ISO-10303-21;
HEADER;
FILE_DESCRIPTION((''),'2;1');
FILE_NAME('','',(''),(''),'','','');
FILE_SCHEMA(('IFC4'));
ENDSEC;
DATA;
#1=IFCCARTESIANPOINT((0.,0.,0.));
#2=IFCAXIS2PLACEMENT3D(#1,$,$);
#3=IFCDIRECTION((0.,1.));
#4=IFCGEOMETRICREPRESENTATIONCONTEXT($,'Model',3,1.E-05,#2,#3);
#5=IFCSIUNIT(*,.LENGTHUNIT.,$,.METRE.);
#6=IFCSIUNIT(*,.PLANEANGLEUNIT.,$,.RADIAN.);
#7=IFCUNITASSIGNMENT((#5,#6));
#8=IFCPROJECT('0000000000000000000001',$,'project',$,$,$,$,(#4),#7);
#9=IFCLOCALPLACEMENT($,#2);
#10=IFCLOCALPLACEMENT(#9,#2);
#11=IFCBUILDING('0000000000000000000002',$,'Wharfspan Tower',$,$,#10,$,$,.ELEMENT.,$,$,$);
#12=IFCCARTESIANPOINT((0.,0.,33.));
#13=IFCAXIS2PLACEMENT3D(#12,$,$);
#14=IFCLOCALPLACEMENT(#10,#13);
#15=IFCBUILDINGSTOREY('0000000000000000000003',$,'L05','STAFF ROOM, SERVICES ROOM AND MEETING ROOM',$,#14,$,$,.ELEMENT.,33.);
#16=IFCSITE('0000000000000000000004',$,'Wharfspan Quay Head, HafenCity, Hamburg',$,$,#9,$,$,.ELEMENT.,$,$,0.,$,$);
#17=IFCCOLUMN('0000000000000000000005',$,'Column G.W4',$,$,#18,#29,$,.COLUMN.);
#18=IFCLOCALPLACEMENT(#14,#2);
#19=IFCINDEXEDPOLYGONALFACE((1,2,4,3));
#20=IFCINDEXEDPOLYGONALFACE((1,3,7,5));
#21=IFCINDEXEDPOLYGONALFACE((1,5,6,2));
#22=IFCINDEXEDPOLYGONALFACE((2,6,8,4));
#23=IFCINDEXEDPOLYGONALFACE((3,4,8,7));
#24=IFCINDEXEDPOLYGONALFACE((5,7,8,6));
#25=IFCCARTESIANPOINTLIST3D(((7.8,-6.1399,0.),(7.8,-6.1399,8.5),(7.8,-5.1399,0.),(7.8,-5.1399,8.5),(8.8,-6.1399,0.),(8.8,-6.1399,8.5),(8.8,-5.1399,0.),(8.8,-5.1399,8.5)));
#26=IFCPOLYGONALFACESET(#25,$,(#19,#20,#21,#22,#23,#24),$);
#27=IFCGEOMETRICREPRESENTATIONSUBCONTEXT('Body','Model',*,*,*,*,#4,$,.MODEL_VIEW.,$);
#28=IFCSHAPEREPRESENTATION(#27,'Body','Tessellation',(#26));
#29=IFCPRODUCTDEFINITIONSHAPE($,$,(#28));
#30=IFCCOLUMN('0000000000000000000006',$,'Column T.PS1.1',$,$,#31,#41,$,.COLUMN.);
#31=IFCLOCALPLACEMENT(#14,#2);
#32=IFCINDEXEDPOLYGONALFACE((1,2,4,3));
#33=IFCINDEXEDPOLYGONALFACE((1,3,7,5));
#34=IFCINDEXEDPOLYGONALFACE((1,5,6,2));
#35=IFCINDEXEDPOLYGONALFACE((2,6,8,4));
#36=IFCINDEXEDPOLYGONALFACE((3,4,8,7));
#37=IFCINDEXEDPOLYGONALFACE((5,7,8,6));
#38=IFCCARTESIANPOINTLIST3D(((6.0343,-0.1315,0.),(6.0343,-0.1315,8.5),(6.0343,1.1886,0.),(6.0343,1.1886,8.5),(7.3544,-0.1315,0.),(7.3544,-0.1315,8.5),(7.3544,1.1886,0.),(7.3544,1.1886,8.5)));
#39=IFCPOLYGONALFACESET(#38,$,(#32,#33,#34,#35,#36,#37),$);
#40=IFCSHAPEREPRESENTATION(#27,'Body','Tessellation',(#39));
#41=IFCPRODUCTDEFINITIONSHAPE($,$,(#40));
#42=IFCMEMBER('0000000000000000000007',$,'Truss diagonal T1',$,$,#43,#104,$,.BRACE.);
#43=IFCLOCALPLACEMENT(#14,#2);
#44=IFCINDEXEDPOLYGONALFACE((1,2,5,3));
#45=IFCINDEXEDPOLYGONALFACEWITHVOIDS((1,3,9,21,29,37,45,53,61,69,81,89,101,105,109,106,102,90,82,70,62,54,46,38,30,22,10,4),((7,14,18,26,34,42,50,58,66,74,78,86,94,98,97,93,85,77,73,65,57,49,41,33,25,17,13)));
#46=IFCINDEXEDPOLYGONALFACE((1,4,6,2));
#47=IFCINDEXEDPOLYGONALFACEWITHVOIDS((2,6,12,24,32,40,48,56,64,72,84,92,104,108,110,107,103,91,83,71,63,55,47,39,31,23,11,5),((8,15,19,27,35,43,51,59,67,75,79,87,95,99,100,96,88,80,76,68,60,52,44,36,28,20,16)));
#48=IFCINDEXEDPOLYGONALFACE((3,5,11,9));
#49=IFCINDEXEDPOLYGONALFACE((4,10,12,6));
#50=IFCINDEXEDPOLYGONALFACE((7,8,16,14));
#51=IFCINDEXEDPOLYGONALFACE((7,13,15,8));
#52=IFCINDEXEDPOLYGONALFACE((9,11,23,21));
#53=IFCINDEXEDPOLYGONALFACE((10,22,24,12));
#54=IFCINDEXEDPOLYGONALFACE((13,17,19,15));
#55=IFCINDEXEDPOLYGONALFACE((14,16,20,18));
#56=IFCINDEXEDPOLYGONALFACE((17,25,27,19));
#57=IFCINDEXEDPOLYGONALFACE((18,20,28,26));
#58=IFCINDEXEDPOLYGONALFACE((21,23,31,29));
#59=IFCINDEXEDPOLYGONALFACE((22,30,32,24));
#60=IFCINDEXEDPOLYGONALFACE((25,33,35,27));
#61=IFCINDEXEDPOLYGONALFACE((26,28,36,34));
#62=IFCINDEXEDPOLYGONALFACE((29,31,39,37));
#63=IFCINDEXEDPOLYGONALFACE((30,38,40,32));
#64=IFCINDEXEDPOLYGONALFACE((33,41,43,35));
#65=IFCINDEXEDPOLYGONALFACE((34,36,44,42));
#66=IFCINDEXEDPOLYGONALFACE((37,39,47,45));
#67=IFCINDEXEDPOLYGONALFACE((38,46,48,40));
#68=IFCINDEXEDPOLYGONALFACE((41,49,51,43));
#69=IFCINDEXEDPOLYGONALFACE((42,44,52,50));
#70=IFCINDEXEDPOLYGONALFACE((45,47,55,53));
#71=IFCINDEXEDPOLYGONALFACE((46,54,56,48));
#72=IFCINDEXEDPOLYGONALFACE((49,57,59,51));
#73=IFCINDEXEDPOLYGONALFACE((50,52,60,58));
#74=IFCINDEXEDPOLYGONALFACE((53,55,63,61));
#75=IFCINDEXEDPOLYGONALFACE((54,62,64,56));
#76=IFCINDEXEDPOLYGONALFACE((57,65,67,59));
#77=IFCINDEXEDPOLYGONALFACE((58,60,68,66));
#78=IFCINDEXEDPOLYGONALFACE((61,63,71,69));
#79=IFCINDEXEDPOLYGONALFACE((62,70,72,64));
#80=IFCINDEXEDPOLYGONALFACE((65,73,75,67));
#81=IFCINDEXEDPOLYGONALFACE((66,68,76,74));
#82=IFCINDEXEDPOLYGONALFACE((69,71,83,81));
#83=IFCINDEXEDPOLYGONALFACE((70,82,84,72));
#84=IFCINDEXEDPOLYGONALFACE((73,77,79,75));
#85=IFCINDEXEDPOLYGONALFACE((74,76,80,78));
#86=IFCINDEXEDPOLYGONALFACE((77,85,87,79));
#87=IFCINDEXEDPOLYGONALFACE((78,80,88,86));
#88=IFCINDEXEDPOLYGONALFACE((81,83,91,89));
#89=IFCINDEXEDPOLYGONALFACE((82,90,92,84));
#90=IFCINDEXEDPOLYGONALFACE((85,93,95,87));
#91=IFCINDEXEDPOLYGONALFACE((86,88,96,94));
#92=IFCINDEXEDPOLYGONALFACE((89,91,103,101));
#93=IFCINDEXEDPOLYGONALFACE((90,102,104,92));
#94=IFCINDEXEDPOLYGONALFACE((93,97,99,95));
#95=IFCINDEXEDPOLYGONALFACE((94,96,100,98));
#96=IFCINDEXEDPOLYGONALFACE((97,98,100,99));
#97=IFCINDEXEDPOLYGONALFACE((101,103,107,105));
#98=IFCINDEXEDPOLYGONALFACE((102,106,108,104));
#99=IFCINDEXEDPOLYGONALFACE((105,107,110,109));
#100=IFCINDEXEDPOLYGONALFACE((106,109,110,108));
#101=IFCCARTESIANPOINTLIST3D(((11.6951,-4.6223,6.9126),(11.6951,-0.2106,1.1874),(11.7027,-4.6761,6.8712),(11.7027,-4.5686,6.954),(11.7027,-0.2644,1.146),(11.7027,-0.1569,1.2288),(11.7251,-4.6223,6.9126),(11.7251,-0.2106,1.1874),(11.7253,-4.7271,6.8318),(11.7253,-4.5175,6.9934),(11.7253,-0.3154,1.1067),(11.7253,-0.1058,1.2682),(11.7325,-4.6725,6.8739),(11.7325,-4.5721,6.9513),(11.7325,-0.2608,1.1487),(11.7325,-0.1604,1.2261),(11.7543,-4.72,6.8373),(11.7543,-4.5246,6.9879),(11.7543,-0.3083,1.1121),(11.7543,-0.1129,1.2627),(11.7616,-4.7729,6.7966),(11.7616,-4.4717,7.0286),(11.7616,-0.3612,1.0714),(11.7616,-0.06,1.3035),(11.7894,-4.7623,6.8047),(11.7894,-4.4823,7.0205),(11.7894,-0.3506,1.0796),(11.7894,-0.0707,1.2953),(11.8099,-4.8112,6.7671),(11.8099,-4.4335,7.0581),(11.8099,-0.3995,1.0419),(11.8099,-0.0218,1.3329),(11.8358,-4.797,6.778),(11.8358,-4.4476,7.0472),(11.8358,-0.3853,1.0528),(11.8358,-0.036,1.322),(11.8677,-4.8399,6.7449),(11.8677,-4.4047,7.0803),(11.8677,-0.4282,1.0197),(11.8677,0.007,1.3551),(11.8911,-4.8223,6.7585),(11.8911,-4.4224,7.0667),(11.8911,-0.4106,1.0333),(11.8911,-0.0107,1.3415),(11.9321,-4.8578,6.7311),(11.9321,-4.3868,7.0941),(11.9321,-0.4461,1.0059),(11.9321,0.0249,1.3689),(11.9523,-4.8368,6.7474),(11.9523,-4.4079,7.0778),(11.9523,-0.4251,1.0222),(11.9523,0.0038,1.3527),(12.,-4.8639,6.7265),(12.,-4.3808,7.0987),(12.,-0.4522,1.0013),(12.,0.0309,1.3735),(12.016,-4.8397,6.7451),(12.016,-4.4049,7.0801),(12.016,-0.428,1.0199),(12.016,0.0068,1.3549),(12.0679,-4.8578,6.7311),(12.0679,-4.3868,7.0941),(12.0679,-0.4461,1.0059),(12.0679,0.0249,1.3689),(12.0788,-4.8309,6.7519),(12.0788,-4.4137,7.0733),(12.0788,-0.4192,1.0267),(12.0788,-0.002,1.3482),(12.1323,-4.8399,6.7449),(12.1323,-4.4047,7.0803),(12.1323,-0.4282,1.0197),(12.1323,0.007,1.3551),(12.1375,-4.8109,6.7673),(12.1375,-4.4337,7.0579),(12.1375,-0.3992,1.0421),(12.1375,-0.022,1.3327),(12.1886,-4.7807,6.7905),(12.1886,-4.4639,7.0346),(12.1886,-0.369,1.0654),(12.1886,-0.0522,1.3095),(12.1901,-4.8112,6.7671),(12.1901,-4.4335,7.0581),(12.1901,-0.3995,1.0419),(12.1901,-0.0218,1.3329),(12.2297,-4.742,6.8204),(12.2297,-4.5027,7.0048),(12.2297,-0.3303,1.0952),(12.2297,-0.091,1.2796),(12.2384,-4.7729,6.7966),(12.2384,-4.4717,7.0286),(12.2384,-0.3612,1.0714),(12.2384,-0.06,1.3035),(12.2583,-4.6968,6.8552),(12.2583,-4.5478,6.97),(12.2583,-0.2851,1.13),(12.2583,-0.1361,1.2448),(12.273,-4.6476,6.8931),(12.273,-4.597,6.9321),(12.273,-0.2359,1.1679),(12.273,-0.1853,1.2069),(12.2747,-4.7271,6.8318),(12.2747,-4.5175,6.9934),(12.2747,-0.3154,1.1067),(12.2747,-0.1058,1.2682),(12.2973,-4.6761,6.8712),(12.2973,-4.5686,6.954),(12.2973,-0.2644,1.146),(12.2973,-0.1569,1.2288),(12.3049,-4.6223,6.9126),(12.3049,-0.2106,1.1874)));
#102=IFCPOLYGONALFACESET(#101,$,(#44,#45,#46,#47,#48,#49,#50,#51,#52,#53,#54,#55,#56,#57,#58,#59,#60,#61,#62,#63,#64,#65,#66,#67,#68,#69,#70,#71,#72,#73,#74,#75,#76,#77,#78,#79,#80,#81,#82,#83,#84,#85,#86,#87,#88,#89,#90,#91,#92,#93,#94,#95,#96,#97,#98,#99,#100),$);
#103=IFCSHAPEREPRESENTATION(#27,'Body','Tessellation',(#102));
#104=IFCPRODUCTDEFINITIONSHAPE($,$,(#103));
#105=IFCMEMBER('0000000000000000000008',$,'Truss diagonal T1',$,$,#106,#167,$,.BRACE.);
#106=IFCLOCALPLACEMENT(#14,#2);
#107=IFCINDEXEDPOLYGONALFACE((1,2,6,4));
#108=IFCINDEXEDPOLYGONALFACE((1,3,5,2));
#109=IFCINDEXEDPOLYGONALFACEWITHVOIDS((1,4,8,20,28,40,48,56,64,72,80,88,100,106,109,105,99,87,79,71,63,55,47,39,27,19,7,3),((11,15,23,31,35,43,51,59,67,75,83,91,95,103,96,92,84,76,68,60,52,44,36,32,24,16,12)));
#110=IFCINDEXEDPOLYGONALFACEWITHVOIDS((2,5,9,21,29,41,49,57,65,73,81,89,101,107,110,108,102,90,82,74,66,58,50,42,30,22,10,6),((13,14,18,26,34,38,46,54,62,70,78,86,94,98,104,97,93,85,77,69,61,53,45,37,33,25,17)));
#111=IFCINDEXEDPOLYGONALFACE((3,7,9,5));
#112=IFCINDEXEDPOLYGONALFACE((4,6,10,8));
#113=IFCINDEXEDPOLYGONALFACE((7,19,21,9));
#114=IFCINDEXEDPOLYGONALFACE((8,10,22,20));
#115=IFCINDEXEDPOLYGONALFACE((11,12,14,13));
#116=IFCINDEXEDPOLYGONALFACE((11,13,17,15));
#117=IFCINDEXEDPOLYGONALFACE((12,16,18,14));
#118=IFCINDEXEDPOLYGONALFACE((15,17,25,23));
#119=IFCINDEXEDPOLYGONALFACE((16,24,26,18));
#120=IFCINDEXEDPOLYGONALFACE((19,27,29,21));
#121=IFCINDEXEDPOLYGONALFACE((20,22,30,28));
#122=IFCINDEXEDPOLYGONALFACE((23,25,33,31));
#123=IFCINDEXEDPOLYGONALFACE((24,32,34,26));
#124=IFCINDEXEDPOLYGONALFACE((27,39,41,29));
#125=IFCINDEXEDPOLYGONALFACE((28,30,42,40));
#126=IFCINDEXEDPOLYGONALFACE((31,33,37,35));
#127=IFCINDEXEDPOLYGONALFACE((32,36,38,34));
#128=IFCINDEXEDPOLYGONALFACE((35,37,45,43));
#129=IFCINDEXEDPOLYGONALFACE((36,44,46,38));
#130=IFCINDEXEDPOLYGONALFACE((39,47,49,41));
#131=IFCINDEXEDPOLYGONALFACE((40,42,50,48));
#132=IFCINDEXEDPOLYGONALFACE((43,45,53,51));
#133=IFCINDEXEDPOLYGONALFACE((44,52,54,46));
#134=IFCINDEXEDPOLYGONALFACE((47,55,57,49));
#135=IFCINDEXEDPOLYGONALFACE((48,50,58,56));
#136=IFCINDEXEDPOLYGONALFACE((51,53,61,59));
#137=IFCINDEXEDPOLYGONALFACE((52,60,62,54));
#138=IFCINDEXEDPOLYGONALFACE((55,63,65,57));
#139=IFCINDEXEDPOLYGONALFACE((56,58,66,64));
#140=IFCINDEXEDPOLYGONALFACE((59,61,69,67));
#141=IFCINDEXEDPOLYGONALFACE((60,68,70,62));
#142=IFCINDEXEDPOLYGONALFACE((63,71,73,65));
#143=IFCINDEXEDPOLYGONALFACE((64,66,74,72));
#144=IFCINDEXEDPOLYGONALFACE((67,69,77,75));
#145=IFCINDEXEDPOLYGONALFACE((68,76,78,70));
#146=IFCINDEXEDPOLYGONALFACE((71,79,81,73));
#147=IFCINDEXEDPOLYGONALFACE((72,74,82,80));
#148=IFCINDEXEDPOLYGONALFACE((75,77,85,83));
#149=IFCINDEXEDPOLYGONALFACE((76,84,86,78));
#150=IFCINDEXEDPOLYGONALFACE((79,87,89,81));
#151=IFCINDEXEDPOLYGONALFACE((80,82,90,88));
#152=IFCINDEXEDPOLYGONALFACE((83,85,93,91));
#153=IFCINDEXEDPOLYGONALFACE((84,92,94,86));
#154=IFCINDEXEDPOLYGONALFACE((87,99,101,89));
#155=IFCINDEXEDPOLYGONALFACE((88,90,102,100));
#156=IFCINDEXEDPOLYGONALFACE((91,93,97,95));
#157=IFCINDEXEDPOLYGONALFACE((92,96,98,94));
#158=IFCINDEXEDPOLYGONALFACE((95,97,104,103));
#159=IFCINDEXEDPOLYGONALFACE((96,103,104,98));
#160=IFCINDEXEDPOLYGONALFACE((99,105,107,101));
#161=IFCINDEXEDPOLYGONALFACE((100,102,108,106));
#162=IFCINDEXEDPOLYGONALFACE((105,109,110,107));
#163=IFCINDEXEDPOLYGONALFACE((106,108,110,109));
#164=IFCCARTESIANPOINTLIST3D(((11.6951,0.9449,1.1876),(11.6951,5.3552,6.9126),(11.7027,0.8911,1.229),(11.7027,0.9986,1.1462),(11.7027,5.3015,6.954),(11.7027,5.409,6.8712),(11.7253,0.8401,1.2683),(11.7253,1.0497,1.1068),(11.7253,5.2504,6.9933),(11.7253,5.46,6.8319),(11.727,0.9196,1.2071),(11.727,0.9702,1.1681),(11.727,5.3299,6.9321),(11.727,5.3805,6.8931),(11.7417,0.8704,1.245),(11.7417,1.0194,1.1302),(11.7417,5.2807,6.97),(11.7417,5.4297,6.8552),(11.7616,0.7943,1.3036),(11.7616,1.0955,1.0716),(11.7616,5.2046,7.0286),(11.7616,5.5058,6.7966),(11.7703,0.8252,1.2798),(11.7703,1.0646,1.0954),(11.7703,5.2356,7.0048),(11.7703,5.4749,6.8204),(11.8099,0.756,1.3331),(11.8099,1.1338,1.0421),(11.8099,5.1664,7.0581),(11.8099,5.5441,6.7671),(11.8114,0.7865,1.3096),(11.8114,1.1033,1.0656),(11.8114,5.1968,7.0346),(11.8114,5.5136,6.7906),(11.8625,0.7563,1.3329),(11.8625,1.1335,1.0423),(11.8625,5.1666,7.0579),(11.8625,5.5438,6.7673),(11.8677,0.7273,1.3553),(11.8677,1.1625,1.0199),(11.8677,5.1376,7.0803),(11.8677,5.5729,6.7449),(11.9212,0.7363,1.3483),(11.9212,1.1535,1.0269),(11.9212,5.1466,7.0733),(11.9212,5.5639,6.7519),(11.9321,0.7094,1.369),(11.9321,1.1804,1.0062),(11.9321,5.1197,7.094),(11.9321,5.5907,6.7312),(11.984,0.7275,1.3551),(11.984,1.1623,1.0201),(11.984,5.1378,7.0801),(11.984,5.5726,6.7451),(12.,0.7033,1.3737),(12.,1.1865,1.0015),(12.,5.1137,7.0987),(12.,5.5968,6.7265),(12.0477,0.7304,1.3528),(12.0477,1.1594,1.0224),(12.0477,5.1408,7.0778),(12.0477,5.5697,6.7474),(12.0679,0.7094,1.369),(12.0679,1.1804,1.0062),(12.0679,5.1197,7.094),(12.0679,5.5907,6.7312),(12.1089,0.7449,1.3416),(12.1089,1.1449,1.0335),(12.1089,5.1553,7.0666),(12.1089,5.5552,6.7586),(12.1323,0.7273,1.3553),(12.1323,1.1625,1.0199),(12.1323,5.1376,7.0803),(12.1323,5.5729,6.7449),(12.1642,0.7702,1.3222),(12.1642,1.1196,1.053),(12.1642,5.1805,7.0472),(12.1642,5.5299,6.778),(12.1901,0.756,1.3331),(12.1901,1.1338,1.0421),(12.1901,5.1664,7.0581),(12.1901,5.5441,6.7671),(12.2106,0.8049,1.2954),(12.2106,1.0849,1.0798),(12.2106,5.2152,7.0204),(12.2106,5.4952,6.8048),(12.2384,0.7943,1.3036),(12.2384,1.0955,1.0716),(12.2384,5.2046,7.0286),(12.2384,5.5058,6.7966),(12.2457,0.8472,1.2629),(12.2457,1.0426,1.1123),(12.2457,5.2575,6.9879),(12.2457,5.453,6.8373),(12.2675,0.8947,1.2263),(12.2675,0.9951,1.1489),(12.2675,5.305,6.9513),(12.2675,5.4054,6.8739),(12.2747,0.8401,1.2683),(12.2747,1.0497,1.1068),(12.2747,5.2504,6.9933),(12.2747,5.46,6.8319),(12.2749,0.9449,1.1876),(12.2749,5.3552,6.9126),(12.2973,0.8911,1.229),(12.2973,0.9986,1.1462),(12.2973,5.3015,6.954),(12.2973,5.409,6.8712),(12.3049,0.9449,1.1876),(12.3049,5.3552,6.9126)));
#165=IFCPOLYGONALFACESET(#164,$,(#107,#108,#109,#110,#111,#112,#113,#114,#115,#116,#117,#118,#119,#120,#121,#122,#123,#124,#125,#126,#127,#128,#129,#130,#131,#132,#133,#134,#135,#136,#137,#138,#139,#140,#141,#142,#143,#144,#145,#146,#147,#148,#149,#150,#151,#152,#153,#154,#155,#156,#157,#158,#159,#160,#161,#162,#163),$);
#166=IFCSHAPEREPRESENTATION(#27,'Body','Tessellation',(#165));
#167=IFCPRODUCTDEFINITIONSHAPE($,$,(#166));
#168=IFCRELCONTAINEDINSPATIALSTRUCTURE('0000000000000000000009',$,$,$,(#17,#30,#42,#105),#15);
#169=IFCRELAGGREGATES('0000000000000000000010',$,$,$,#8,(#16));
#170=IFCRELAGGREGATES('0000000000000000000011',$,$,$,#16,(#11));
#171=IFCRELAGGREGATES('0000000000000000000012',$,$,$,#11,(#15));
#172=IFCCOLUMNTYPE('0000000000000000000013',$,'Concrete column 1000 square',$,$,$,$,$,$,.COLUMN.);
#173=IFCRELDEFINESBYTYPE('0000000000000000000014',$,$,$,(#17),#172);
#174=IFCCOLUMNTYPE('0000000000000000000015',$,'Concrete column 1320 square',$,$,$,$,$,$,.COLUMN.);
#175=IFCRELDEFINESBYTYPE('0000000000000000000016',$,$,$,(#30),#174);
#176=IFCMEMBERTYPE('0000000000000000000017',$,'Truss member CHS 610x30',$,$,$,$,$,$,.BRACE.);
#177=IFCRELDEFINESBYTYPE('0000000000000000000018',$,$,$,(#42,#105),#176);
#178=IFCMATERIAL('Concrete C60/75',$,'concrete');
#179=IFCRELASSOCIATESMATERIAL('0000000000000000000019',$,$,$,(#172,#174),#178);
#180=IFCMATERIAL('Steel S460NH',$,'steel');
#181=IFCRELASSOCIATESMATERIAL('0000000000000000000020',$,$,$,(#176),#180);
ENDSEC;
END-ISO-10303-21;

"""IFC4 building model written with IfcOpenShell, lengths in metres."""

from ifc_helpers import new_model, si_unit, direction, frame, origin, origin_2d, place, context, subcontext, project, spatial, rectangle, hollow_circle, extrude, material, material_profile, profile_set, type_object, element, save


model = new_model("IFC4")

# Units and contexts
model_context = context("Model", 3, precision=1e-05, world=origin(), true_north=direction((0.0, 1.0)))
body_context = subcontext(model_context, "Body", "Model", "MODEL_VIEW")
ifc_project = project(units=[si_unit("LENGTHUNIT", "METRE"), si_unit("PLANEANGLEUNIT", "RADIAN")], contexts=[model_context])

# Site, building, storey
site_placement = place(None, origin())
site = spatial("IfcSite", under=ifc_project, at=site_placement, Name="Wharfspan Quay Head, HafenCity, Hamburg", CompositionType="ELEMENT", RefElevation=0.0)
building_placement = place(site_placement, origin())
building = spatial("IfcBuilding", under=site, at=building_placement, Name="Wharfspan Tower", CompositionType="ELEMENT")
storey_placement = place(building_placement, frame((0.0, 0.0, 33.0)))
storey = spatial("IfcBuildingStorey", under=building, at=storey_placement, Name="L05", Description="STAFF ROOM, SERVICES ROOM AND MEETING ROOM", CompositionType="ELEMENT", Elevation=33.0)

# Columns
ifc_material_1 = material(Name="Concrete C60/75", Category="concrete")
ifc_material_profile_1 = material_profile(ifc_material_1, rectangle(XDim=1.0, YDim=1.0, at=origin_2d()))
ifc_profile_set_1 = profile_set([ifc_material_profile_1], Name="Concrete C60/75")
column_type_1 = type_object("IfcColumnType", Name="Concrete column 1000 square", PredefinedType="COLUMN", material=ifc_profile_set_1)
column_1_placement = place(storey_placement, frame((8.3, -5.6399, 0.0), z_axis=(0.0, 0.0, 1.0), x_axis=(1.0, 0.0, 0.0)))
element("IfcColumn", 1, at=column_1_placement, inside=storey, type_object=column_type_1, Name="Column G.W4", PredefinedType="COLUMN", context=body_context, shape_type="SweptSolid", body=[
    extrude(rectangle(XDim=1.0, YDim=1.0, at=origin_2d()), origin(), (0.0, 0.0, 1.0), 8.5),
])
ifc_material_profile_2 = material_profile(ifc_material_1, rectangle(XDim=1.3201, YDim=1.3201, at=origin_2d()))
ifc_profile_set_2 = profile_set([ifc_material_profile_2], Name="Concrete C60/75")
column_type_2 = type_object("IfcColumnType", Name="Concrete column 1320 square", PredefinedType="COLUMN", material=ifc_profile_set_2)
column_2_placement = place(storey_placement, frame((6.6943, 0.5286, 0.0), z_axis=(0.0, 0.0, 1.0), x_axis=(1.0, 0.0, 0.0)))
element("IfcColumn", 2, at=column_2_placement, inside=storey, type_object=column_type_2, Name="Column T.PS1.1", PredefinedType="COLUMN", context=body_context, shape_type="SweptSolid", body=[
    extrude(rectangle(XDim=1.3201, YDim=1.3201, at=origin_2d()), origin(), (0.0, 0.0, 1.0), 8.5),
])

# Members
ifc_material_2 = material(Name="Steel S460NH", Category="steel")
ifc_material_profile_3 = material_profile(ifc_material_2, hollow_circle(Radius=0.3049, WallThickness=0.03, at=origin_2d()))
ifc_profile_set_3 = profile_set([ifc_material_profile_3], Name="Steel S460NH")
member_type_1 = type_object("IfcMemberType", Name="Truss member CHS 610x30", PredefinedType="BRACE", material=ifc_profile_set_3)
member_1_placement = place(storey_placement, frame((12.0, -4.6223, 6.9126), z_axis=(0.0, 0.61038, -0.792109), x_axis=(-1.0, 0.0, 0.0)))
element("IfcMember", 3, at=member_1_placement, inside=storey, type_object=member_type_1, Name="Truss diagonal T1", PredefinedType="BRACE", context=body_context, shape_type="SweptSolid", body=[
    extrude(hollow_circle(Radius=0.3049, WallThickness=0.03, at=origin_2d()), origin(), (0.0, 0.0, 1.0), 7.2278),
])
member_2_placement = place(storey_placement, frame((12.0, 5.3552, 6.9126), z_axis=(0.0, -0.610274, -0.792191), x_axis=(1.0, 0.0, 0.0)))
element("IfcMember", 4, at=member_2_placement, inside=storey, type_object=member_type_1, Name="Truss diagonal T1", PredefinedType="BRACE", context=body_context, shape_type="SweptSolid", body=[
    extrude(hollow_circle(Radius=0.3049, WallThickness=0.03, at=origin_2d()), origin(), (0.0, 0.0, 1.0), 7.2268),
])

save(model, "model.ifc")
